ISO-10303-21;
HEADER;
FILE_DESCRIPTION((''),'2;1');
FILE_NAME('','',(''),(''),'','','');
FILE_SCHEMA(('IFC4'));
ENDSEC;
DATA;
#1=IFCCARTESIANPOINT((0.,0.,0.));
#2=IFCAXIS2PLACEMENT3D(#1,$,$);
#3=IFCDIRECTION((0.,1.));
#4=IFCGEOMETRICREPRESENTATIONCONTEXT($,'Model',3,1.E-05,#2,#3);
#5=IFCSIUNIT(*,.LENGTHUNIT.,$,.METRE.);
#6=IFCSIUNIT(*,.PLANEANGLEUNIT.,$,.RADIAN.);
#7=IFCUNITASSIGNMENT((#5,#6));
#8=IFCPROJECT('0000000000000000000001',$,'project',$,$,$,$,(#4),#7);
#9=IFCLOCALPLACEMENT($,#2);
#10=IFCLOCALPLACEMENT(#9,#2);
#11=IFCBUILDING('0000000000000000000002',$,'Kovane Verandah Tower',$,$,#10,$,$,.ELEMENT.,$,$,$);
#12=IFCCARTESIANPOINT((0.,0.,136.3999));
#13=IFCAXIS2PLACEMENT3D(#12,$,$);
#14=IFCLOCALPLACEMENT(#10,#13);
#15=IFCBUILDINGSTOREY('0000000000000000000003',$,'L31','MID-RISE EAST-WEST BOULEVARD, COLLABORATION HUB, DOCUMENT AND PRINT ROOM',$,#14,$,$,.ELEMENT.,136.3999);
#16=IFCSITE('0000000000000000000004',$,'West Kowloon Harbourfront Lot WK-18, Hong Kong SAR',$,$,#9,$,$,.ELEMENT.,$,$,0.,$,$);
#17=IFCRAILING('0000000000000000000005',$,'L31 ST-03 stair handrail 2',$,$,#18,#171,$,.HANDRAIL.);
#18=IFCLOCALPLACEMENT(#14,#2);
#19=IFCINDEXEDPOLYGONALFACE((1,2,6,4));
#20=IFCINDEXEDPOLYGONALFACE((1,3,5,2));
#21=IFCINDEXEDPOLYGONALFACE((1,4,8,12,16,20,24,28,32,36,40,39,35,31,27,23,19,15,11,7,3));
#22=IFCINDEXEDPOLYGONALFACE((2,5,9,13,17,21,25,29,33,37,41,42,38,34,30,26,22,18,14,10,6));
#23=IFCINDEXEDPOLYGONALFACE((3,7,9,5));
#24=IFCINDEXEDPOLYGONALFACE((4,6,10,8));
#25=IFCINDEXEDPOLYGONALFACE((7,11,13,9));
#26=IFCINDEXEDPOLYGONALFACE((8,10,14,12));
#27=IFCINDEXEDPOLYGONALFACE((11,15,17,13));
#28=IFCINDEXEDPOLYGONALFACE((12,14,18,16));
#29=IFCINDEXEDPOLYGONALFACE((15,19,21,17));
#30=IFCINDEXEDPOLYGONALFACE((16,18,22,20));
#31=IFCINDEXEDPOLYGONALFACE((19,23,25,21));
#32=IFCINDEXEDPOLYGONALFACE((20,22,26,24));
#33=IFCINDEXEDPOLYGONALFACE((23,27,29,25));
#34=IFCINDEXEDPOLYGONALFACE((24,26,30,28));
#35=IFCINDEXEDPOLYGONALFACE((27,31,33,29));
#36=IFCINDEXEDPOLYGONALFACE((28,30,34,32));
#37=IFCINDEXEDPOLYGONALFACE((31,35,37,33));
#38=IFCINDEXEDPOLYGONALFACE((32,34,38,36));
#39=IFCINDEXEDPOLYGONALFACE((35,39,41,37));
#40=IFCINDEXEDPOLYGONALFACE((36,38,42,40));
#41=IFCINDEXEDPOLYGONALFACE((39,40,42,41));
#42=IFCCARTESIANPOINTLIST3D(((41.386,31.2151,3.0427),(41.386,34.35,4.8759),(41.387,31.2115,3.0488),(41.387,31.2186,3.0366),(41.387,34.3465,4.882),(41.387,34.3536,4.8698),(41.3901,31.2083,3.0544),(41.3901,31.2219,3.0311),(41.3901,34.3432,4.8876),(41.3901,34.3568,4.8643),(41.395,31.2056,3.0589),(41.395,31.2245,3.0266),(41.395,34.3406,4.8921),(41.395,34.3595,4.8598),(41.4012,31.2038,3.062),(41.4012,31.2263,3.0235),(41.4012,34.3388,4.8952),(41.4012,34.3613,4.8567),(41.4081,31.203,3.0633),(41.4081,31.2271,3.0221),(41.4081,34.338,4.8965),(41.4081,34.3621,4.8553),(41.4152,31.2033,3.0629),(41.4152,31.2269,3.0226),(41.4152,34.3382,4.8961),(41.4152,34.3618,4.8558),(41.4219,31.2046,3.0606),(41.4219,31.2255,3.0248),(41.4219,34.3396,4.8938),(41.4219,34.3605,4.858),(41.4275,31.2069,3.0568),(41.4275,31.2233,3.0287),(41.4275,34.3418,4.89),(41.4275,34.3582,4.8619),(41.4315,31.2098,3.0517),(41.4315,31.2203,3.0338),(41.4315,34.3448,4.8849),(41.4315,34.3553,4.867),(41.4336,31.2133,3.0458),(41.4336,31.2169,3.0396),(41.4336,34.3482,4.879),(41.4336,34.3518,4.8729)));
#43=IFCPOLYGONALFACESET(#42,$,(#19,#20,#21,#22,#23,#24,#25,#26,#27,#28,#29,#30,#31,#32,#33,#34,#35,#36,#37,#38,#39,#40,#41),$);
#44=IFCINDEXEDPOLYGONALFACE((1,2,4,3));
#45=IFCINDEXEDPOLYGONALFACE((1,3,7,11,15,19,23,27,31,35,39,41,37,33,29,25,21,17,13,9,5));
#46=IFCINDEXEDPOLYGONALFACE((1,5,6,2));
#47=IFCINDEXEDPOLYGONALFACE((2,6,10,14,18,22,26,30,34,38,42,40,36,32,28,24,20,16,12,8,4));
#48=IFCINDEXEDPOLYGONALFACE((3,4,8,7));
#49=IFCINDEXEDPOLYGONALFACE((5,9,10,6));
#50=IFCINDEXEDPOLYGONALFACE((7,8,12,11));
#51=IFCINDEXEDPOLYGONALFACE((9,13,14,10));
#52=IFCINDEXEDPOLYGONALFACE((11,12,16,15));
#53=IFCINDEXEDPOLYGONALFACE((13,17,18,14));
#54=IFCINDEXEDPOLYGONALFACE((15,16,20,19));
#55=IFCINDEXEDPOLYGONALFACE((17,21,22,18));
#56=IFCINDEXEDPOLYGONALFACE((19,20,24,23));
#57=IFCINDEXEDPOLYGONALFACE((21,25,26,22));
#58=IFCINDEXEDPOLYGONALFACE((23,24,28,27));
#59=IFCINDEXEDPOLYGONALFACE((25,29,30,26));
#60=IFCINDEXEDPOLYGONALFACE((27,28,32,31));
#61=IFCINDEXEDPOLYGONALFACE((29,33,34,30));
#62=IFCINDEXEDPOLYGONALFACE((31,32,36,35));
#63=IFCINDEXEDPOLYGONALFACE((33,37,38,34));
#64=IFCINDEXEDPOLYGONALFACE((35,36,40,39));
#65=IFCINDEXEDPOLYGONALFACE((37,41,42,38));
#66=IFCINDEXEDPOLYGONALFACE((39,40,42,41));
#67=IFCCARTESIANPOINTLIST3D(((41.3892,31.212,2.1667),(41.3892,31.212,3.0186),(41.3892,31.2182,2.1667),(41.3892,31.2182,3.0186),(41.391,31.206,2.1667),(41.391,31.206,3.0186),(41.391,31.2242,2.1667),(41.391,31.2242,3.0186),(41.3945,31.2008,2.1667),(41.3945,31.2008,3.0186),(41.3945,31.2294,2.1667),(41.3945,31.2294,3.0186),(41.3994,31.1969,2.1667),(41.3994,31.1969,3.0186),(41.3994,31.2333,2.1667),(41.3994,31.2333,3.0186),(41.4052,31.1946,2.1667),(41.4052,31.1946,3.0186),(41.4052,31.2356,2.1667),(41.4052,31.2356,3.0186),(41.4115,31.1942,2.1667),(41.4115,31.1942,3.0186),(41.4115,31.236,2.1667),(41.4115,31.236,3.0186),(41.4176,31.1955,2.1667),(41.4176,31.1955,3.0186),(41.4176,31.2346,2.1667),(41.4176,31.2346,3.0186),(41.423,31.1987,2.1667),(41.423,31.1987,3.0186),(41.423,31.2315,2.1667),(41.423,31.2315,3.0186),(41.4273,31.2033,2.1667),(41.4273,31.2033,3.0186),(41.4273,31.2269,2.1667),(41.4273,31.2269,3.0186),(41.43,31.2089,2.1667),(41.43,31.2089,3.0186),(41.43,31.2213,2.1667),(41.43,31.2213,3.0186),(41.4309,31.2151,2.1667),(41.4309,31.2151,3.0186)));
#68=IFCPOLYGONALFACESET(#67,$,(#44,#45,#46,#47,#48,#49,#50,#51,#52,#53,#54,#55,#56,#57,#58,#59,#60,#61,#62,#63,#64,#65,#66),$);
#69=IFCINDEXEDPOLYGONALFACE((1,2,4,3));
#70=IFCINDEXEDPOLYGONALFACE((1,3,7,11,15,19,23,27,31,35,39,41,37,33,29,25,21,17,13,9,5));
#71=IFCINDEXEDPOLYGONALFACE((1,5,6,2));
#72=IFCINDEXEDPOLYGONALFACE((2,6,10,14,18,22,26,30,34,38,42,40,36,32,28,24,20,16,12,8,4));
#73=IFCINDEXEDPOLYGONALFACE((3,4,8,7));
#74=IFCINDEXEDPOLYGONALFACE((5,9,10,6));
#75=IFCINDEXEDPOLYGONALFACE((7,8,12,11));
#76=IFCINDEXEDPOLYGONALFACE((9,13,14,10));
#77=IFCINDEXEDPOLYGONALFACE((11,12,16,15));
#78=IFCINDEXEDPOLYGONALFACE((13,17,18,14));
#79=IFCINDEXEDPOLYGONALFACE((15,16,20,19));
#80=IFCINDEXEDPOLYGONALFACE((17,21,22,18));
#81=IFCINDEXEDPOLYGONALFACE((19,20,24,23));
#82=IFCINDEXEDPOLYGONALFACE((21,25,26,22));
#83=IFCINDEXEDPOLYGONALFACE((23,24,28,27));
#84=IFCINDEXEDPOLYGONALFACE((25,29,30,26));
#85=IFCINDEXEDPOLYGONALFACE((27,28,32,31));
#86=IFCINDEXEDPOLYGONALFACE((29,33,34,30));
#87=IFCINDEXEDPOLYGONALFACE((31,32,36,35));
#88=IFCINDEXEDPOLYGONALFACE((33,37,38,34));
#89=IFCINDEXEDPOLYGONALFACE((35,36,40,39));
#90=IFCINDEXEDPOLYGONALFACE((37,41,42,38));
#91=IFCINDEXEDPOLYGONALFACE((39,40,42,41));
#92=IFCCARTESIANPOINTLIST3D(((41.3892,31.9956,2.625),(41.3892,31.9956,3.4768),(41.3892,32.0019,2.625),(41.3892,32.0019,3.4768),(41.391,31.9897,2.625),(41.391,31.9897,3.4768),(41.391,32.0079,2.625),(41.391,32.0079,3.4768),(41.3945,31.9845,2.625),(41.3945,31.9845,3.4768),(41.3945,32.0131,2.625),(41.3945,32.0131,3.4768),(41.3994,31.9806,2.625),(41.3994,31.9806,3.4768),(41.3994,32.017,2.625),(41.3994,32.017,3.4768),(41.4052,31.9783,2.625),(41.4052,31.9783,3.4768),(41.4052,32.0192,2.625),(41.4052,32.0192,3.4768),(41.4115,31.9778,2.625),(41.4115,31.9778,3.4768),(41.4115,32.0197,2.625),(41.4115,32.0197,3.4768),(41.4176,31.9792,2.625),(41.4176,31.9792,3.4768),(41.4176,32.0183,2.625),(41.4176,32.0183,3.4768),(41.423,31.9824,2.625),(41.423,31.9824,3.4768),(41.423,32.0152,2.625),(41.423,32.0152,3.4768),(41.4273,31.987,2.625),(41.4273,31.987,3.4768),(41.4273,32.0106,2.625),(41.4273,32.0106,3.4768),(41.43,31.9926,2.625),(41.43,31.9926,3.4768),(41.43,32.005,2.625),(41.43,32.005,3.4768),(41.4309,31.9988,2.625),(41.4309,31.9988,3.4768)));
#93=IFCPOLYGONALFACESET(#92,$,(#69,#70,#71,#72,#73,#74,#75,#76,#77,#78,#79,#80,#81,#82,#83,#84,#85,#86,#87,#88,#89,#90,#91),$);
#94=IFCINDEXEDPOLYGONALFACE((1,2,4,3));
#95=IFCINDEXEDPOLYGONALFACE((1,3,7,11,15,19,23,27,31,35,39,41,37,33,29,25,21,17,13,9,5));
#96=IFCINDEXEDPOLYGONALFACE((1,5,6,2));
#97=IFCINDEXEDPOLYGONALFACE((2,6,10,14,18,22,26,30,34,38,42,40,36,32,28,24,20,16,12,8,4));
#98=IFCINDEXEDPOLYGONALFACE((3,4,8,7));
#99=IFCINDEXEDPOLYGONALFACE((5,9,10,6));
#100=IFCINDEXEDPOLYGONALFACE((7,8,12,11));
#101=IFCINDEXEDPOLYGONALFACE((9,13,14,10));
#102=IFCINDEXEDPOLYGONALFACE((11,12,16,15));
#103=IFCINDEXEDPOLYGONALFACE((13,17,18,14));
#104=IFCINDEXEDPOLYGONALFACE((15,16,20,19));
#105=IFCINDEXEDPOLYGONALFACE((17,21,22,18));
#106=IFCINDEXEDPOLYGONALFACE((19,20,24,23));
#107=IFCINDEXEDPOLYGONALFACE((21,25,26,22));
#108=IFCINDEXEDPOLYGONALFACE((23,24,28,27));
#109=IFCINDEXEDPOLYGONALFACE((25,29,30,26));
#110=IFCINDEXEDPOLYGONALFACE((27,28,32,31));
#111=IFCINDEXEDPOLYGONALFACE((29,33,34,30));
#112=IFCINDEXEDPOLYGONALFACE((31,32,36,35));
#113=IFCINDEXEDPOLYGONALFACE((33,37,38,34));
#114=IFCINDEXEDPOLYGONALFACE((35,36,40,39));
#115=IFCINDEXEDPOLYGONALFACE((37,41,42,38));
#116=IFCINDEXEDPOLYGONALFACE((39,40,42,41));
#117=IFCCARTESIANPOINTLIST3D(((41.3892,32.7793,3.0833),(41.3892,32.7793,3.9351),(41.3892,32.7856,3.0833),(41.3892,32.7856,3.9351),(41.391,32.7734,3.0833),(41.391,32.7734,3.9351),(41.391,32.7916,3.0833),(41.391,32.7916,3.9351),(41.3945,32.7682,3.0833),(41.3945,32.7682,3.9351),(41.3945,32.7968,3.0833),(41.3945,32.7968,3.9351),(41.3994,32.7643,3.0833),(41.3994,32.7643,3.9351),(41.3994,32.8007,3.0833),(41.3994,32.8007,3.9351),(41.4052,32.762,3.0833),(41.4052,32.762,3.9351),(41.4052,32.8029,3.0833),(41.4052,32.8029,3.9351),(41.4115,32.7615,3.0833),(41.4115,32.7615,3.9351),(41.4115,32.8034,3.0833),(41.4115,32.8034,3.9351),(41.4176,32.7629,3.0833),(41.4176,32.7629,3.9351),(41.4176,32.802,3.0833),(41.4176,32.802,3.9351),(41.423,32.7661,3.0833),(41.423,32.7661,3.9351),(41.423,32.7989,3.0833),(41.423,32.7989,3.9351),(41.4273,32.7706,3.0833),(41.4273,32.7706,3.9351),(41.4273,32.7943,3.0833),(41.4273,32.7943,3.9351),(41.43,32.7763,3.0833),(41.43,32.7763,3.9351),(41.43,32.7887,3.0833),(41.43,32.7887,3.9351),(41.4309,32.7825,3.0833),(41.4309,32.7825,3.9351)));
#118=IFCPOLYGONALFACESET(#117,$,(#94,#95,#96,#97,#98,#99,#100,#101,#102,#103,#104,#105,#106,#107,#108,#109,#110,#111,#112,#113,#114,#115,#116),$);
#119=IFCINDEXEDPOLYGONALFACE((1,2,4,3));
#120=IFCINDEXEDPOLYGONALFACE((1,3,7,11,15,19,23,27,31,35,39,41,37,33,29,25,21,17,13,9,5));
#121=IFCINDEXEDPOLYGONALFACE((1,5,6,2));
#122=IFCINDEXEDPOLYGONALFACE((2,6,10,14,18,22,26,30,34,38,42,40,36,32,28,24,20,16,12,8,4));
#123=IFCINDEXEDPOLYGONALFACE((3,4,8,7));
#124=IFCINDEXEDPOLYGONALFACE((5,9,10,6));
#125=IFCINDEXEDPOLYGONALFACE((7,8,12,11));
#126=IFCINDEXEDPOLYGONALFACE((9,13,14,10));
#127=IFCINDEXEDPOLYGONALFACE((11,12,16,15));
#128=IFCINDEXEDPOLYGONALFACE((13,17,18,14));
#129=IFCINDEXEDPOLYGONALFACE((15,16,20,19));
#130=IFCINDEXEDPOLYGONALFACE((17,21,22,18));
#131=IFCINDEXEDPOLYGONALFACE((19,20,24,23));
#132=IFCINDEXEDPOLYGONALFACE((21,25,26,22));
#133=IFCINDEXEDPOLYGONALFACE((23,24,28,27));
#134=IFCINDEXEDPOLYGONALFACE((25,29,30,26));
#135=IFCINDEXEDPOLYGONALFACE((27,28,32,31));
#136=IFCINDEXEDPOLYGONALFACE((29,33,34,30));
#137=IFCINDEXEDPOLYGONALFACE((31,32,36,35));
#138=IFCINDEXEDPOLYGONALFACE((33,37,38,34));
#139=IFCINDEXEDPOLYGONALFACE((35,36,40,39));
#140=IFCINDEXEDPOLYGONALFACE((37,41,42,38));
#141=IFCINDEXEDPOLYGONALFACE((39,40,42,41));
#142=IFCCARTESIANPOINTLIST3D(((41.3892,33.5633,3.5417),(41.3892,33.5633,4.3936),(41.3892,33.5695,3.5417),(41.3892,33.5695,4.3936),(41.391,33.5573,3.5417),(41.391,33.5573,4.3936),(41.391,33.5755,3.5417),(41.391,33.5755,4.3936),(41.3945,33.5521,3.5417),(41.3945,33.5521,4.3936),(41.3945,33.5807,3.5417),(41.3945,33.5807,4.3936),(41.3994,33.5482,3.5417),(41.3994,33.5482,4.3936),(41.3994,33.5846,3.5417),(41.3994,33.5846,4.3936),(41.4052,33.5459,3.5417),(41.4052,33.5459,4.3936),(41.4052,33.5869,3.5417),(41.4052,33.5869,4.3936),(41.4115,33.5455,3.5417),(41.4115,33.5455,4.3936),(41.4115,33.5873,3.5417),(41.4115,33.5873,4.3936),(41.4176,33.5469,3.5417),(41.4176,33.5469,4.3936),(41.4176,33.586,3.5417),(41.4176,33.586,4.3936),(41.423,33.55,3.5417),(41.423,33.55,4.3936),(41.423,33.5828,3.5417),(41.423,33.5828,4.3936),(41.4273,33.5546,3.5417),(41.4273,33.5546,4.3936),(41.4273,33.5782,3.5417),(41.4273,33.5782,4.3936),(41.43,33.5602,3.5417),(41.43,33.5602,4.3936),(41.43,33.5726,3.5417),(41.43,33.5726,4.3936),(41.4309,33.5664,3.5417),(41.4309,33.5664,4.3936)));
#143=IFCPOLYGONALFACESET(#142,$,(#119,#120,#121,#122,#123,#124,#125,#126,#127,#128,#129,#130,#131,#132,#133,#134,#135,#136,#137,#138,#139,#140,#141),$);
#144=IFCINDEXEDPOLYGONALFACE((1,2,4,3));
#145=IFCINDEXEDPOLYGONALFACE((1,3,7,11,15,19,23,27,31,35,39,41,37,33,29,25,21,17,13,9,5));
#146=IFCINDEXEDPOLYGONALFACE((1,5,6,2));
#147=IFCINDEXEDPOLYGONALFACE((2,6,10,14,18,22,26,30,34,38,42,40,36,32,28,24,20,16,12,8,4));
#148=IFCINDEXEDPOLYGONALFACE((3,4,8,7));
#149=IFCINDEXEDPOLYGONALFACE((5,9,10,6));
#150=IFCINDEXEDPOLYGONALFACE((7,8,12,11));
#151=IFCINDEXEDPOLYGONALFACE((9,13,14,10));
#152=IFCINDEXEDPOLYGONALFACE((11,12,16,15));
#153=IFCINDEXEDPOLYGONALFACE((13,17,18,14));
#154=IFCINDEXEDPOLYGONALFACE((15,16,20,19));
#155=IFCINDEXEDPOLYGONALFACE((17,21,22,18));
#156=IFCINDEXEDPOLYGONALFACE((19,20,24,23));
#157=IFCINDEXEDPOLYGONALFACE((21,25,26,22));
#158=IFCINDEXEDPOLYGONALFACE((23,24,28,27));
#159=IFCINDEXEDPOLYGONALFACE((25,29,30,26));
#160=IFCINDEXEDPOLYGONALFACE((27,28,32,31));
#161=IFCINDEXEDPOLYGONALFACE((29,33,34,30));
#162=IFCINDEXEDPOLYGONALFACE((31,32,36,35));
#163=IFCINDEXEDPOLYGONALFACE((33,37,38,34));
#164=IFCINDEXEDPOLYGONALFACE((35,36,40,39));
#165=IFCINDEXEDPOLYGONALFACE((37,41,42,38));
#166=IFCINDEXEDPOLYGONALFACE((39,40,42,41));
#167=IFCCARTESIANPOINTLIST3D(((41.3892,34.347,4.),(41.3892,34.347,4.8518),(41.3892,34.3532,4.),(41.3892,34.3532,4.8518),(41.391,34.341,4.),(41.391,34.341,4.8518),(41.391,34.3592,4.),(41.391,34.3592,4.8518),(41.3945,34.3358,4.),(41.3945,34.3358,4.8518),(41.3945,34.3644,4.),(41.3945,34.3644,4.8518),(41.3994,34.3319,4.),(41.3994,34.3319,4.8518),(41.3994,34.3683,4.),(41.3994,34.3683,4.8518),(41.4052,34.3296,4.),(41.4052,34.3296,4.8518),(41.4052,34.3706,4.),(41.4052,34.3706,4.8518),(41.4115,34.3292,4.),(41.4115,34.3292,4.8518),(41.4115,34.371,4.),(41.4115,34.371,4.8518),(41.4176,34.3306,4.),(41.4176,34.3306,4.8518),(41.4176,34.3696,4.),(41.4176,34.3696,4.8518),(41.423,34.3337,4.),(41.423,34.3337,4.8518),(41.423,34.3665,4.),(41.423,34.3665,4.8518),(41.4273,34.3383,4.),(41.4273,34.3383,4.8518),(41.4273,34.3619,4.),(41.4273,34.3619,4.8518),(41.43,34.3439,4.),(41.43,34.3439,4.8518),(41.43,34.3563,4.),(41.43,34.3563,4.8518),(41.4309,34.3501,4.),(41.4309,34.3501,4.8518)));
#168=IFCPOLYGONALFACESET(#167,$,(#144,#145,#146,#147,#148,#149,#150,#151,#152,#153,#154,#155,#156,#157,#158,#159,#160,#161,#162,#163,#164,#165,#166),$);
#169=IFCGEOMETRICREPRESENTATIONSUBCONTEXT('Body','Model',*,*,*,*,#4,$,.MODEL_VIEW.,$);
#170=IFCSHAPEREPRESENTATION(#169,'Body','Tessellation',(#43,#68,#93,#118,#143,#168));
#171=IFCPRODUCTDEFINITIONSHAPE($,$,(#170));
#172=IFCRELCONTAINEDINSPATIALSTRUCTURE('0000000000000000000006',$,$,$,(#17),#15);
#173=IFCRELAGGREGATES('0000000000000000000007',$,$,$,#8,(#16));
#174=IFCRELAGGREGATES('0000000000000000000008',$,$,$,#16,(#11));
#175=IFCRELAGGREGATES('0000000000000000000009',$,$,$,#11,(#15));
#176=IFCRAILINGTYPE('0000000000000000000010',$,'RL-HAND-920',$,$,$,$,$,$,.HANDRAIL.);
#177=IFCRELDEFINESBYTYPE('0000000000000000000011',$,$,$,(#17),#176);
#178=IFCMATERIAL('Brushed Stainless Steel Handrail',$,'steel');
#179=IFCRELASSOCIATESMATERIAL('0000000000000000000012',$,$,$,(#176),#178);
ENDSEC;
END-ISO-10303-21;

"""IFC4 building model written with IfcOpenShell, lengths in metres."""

from ifc_helpers import new_model, si_unit, direction, frame, origin, origin_2d, place, context, subcontext, project, spatial, circle, extrude, material, type_object, element, save


model = new_model("IFC4")

# Units and contexts
model_context = context("Model", 3, precision=1e-05, world=origin(), true_north=direction((0.0, 1.0)))
body_context = subcontext(model_context, "Body", "Model", "MODEL_VIEW")
ifc_project = project(units=[si_unit("LENGTHUNIT", "METRE"), si_unit("PLANEANGLEUNIT", "RADIAN")], contexts=[model_context])

# Site, building, storey
site_placement = place(None, origin())
site = spatial("IfcSite", under=ifc_project, at=site_placement, Name="West Kowloon Harbourfront Lot WK-18, Hong Kong SAR", CompositionType="ELEMENT", RefElevation=0.0)
building_placement = place(site_placement, origin())
building = spatial("IfcBuilding", under=site, at=building_placement, Name="Kovane Verandah Tower", CompositionType="ELEMENT")
storey_placement = place(building_placement, frame((0.0, 0.0, 136.3999)))
storey = spatial("IfcBuildingStorey", under=building, at=storey_placement, Name="L31", Description="MID-RISE EAST-WEST BOULEVARD, COLLABORATION HUB, DOCUMENT AND PRINT ROOM", CompositionType="ELEMENT", Elevation=136.3999)

# Railing
ifc_material_1 = material(Name="Brushed Stainless Steel Handrail", Category="steel")
railing_type_1 = type_object("IfcRailingType", Name="RL-HAND-920", PredefinedType="HANDRAIL", material=ifc_material_1)
railing_1_placement = place(storey_placement, frame((41.4099, 31.2151, 2.1667)))
element("IfcRailing", 1, at=railing_1_placement, inside=storey, type_object=railing_type_1, Name="L31 ST-03 stair handrail 2", PredefinedType="HANDRAIL", context=body_context, shape_type="SweptSolid", body=[
    extrude(circle(Radius=0.0239, at=origin_2d()), frame((0.0, 0.0, 0.876), z_axis=(0.0, 0.86324, 0.504794), x_axis=(-1.0, 0.0, 0.0)), (0.0, 0.0, 1.0), 3.6316),
    extrude(circle(Radius=0.021, at=origin_2d()), origin(), (0.0, 0.0, 1.0), 0.8518),
    extrude(circle(Radius=0.021, at=origin_2d()), frame((0.0, 0.7837, 0.4583)), (0.0, 0.0, 1.0), 0.8518),
    extrude(circle(Radius=0.021, at=origin_2d()), frame((0.0, 1.5674, 0.9165)), (0.0, 0.0, 1.0), 0.8518),
    extrude(circle(Radius=0.021, at=origin_2d()), frame((0.0, 2.3513, 1.375)), (0.0, 0.0, 1.0), 0.8518),
    extrude(circle(Radius=0.021, at=origin_2d()), frame((0.0, 3.135, 1.8333)), (0.0, 0.0, 1.0), 0.8518),
])

save(model, "model.ifc")
